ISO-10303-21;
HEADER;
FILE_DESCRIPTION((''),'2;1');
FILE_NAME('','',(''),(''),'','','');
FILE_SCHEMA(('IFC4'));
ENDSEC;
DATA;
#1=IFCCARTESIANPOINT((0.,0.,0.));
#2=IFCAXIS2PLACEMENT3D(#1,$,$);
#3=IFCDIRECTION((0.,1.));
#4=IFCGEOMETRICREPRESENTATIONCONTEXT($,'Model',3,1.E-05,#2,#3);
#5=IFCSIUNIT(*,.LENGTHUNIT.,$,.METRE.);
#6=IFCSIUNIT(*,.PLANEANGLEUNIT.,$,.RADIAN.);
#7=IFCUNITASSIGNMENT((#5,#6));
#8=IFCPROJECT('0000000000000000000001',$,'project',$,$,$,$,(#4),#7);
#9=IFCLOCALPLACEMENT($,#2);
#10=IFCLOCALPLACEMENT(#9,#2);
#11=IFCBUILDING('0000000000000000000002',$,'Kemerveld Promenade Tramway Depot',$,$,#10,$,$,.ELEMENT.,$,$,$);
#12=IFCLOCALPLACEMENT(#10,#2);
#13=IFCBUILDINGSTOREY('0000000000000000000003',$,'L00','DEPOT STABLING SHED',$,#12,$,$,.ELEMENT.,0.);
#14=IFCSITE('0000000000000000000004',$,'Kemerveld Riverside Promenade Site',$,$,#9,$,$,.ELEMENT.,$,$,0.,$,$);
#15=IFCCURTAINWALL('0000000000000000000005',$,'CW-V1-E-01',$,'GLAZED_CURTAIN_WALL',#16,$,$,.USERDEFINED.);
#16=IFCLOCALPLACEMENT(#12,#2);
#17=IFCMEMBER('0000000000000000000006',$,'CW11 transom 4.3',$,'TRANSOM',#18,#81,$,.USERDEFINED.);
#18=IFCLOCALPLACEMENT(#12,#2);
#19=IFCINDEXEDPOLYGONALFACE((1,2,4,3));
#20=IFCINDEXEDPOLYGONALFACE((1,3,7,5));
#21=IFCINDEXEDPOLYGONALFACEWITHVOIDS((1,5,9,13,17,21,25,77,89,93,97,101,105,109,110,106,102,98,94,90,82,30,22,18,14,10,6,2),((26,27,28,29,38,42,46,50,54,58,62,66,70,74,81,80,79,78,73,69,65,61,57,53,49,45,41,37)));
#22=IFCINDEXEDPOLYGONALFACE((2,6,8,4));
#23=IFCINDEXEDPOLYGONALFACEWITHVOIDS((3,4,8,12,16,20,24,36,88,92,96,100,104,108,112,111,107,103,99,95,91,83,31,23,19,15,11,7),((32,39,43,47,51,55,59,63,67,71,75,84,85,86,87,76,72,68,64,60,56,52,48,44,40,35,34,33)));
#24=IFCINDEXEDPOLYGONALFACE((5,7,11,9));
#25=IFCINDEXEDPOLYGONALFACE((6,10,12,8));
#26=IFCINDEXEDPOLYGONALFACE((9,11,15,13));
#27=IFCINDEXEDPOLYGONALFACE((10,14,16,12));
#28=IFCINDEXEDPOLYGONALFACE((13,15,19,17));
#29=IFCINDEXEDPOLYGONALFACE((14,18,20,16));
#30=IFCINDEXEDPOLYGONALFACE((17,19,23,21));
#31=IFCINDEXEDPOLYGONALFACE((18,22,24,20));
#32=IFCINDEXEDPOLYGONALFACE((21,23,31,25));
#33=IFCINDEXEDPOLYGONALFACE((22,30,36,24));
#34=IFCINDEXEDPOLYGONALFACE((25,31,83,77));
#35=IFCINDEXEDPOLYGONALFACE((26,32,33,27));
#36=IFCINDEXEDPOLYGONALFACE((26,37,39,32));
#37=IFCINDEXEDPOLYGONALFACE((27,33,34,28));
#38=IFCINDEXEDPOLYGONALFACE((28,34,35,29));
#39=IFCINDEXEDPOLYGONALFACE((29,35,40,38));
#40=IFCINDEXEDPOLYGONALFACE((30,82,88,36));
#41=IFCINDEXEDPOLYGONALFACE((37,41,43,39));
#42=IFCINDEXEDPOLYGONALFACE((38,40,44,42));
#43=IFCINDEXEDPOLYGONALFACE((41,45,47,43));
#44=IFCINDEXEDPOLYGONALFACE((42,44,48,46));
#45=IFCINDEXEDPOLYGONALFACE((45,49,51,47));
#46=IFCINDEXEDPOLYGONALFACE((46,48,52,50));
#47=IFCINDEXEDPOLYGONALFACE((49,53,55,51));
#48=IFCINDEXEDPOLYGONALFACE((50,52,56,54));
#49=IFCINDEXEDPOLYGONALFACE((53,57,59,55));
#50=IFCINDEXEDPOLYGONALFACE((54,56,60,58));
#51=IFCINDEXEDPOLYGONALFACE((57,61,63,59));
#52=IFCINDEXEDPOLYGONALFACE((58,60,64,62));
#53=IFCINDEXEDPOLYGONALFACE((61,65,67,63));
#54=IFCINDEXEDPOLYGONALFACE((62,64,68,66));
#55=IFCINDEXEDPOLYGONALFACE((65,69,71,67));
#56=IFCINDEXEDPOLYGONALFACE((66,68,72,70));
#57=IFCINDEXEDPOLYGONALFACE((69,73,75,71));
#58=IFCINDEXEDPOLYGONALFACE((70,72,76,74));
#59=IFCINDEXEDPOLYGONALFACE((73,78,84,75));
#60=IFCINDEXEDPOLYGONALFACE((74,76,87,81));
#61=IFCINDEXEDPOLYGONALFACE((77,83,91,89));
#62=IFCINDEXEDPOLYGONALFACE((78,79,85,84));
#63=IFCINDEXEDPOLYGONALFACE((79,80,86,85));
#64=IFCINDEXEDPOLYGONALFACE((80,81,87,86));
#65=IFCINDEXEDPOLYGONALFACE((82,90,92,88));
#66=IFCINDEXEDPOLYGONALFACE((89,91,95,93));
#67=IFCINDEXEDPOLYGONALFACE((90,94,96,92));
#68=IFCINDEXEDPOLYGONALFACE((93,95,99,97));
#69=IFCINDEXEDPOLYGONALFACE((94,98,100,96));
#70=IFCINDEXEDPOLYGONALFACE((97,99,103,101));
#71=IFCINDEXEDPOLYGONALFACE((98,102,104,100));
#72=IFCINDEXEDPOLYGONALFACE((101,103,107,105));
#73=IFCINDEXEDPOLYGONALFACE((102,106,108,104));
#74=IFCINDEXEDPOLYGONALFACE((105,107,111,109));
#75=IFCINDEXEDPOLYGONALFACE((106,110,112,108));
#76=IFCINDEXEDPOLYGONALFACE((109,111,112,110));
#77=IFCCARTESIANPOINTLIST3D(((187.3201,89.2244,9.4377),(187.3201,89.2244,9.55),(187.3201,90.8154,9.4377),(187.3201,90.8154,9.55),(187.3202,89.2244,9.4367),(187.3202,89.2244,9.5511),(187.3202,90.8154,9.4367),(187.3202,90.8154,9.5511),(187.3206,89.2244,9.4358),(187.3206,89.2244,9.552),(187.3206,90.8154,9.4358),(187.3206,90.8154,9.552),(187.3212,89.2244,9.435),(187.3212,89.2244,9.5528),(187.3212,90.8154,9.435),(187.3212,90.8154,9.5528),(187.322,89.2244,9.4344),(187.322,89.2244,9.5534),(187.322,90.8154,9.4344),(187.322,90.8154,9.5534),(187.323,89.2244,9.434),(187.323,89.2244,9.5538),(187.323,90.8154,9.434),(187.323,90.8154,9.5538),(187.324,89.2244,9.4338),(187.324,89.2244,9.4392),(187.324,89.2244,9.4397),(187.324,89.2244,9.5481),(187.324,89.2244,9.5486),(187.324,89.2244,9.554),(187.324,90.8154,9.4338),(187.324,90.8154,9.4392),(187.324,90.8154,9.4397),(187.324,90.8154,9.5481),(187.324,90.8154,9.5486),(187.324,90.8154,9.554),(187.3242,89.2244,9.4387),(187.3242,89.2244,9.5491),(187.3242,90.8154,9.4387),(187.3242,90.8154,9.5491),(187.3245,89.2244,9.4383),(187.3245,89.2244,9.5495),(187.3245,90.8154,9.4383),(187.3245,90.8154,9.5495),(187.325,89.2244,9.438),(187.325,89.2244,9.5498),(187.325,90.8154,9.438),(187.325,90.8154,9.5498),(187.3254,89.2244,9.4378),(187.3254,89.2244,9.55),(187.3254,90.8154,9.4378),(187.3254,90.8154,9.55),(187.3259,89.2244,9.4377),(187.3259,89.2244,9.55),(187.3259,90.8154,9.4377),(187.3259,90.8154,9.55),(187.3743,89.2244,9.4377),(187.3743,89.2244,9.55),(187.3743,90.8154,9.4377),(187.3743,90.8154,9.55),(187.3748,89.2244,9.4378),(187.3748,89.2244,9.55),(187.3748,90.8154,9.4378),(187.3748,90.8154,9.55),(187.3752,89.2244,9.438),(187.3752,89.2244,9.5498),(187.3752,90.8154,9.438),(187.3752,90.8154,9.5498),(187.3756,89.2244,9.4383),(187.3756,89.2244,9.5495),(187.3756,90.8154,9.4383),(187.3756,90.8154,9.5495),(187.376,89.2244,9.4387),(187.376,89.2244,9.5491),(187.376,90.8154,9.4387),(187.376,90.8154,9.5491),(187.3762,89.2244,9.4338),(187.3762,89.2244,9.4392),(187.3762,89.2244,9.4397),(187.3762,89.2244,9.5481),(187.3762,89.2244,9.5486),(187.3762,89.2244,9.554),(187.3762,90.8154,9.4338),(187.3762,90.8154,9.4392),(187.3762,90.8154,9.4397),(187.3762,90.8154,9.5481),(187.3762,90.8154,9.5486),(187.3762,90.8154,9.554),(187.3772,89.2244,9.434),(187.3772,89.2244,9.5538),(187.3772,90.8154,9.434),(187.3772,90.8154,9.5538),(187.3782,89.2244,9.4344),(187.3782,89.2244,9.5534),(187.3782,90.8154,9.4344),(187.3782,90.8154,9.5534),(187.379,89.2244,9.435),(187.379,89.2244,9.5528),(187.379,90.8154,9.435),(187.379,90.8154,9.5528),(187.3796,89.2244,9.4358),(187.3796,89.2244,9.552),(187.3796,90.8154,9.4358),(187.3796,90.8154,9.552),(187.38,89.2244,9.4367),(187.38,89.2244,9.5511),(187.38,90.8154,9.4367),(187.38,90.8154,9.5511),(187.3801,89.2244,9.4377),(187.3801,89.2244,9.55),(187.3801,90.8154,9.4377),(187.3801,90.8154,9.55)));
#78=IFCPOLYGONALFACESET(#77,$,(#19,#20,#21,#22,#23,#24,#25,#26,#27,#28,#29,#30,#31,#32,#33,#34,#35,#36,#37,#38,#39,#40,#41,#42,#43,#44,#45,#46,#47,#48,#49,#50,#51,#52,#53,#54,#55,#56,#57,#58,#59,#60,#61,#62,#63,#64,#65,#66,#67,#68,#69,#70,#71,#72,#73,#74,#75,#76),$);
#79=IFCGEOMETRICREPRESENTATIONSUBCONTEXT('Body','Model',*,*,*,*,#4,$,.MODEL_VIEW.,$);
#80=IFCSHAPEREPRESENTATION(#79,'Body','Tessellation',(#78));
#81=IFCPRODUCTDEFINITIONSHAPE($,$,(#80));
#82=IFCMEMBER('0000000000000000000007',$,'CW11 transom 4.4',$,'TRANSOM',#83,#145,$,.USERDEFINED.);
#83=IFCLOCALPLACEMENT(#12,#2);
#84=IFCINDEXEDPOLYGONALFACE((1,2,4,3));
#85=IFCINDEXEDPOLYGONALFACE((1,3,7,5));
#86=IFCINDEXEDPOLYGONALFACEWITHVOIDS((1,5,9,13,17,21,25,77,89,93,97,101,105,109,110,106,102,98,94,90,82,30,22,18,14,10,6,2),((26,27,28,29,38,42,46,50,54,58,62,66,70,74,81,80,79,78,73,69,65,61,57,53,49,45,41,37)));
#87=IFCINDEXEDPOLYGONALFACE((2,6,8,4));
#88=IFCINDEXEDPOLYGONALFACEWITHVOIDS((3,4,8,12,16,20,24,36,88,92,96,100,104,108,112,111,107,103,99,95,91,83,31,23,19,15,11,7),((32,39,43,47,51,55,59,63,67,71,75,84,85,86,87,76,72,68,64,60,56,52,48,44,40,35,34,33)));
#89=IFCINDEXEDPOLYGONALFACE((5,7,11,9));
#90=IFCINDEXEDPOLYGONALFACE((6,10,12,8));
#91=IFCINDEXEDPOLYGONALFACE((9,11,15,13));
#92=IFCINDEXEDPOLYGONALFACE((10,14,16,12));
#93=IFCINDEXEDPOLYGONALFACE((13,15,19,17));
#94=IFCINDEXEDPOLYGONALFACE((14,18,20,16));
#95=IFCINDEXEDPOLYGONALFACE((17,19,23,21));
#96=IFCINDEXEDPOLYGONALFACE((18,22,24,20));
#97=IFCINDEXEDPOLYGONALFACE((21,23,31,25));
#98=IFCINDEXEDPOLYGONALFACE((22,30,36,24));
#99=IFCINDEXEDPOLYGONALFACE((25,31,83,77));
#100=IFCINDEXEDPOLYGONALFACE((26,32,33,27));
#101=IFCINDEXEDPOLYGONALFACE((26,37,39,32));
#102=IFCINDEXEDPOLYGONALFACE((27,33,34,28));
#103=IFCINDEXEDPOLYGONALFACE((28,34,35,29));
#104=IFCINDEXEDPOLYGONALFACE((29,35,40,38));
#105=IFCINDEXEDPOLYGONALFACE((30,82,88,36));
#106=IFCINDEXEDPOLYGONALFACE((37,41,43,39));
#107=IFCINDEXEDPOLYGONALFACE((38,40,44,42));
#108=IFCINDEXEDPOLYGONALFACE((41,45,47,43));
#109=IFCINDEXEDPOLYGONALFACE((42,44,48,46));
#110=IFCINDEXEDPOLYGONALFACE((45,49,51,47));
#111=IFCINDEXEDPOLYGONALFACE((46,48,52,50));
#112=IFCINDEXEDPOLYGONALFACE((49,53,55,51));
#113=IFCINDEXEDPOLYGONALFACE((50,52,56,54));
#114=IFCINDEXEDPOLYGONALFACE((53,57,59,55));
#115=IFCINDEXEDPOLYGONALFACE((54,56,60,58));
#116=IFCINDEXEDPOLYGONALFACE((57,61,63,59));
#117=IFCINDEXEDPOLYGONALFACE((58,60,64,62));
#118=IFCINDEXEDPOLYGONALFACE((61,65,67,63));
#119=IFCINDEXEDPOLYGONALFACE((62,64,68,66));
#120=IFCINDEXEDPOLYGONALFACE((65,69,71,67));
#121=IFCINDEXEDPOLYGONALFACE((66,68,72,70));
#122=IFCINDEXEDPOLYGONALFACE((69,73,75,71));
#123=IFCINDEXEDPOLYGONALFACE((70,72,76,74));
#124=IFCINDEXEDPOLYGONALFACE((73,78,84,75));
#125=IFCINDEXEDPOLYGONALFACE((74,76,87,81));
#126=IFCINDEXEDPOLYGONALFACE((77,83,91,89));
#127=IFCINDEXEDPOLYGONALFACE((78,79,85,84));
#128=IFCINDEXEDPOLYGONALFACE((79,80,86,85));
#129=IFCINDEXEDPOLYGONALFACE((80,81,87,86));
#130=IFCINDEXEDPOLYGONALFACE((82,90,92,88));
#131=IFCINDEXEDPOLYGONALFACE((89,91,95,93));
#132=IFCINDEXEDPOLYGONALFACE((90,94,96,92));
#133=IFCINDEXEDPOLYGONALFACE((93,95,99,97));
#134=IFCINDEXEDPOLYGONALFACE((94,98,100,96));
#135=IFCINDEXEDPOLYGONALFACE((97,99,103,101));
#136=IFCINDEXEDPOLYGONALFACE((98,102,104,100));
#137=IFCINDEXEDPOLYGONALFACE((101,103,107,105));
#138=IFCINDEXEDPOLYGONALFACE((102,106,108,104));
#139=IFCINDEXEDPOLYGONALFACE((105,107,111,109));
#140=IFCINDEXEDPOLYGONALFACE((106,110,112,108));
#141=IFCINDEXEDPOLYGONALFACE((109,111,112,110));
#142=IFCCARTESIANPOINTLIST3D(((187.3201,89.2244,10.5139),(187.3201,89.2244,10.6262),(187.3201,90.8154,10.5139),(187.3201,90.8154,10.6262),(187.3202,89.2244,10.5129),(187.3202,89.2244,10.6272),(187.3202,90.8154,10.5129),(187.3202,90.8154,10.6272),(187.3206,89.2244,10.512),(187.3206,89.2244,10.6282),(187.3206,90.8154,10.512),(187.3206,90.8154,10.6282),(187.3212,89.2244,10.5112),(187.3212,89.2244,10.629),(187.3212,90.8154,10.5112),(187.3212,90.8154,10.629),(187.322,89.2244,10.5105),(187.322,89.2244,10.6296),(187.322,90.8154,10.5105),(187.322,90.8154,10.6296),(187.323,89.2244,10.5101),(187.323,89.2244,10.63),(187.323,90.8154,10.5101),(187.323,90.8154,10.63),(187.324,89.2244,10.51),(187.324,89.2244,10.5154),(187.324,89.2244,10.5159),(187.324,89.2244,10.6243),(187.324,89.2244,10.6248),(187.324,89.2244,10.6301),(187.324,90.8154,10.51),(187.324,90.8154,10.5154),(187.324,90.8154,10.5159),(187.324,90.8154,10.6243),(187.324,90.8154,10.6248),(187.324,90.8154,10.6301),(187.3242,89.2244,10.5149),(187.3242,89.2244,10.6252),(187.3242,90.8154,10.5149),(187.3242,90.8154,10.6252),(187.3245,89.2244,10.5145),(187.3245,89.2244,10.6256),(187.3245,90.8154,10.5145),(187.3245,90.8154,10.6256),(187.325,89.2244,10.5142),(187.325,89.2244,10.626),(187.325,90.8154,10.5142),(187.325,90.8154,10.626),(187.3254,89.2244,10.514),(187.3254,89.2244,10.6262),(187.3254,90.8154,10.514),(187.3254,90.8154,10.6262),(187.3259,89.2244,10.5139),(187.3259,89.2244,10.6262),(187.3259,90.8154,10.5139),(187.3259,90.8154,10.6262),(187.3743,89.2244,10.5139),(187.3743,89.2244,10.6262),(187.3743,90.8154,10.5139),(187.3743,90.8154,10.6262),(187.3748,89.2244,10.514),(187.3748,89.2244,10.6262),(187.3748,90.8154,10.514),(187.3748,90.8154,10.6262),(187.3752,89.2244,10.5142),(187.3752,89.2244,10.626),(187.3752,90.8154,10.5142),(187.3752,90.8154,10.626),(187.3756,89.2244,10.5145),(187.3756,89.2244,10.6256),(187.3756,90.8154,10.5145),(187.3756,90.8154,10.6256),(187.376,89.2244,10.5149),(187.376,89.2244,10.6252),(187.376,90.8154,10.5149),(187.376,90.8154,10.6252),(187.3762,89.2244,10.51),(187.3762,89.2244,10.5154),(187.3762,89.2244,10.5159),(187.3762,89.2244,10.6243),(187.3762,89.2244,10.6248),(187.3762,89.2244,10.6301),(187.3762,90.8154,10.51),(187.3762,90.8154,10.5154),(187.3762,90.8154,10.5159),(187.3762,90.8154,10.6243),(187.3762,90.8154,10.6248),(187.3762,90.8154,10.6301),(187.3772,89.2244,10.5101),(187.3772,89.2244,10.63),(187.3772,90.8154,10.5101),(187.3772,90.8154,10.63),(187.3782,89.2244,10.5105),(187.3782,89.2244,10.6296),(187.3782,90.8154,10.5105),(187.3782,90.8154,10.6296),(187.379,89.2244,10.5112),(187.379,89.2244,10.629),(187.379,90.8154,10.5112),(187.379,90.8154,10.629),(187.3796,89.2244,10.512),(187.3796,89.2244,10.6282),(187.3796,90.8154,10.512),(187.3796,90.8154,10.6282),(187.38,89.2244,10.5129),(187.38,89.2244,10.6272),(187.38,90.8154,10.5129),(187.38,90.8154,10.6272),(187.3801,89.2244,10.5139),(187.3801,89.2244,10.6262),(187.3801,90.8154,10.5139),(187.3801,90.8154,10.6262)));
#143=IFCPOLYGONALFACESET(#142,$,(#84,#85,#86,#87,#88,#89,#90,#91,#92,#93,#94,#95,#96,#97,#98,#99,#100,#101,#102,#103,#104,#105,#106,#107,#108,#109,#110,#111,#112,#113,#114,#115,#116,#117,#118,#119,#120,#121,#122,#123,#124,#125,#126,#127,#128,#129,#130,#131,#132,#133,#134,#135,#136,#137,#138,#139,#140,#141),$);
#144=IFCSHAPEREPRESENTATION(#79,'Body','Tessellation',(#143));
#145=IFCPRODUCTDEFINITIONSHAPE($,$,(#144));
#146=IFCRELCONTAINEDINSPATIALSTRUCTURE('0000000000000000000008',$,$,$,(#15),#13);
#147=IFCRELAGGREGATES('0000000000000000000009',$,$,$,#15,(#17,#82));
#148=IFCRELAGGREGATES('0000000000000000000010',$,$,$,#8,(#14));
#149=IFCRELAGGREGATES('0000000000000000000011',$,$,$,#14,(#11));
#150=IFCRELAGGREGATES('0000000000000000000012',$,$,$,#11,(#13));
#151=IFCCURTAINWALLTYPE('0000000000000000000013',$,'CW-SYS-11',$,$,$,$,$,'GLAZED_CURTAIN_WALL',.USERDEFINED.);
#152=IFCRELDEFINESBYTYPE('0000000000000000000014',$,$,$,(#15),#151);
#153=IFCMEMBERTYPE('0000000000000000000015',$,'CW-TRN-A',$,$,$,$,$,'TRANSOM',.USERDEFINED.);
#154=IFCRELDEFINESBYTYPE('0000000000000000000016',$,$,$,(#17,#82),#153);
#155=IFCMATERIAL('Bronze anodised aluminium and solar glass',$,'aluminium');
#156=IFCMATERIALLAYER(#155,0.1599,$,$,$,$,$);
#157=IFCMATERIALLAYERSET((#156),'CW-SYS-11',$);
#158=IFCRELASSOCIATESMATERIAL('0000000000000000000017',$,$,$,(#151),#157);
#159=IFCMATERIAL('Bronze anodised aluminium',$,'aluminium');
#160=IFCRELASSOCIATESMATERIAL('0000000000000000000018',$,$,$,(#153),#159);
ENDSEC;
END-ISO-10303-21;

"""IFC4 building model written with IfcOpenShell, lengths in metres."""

from ifc_helpers import new_model, si_unit, direction, frame, origin, origin_2d, place, context, subcontext, project, spatial, hollow_rectangle, extrude, material, layer, layer_set, material_profile, profile_set, type_object, element, aggregate, save


model = new_model("IFC4")

# Units and contexts
model_context = context("Model", 3, precision=1e-05, world=origin(), true_north=direction((0.0, 1.0)))
body_context = subcontext(model_context, "Body", "Model", "MODEL_VIEW")
ifc_project = project(units=[si_unit("LENGTHUNIT", "METRE"), si_unit("PLANEANGLEUNIT", "RADIAN")], contexts=[model_context])

# Site, building, storey
site_placement = place(None, origin())
site = spatial("IfcSite", under=ifc_project, at=site_placement, Name="Kemerveld Riverside Promenade Site", CompositionType="ELEMENT", RefElevation=0.0)
building_placement = place(site_placement, origin())
building = spatial("IfcBuilding", under=site, at=building_placement, Name="Kemerveld Promenade Tramway Depot", CompositionType="ELEMENT")
storey_placement = place(building_placement, origin())
storey = spatial("IfcBuildingStorey", under=building, at=storey_placement, Name="L00", Description="DEPOT STABLING SHED", CompositionType="ELEMENT", Elevation=0.0)

# Curtain wall, members
ifc_material_1 = material(Name="Bronze anodised aluminium and solar glass", Category="aluminium")
ifc_layer_1 = layer(ifc_material_1, 0.1599)
ifc_layer_set_1 = layer_set([ifc_layer_1], Name="CW-SYS-11")
curtain_wall_type = type_object("IfcCurtainWallType", Name="CW-SYS-11", ElementType="GLAZED_CURTAIN_WALL", PredefinedType="USERDEFINED", material=ifc_layer_set_1)
curtain_wall_placement = place(storey_placement, origin())
curtain_wall = element("IfcCurtainWall", 1, at=curtain_wall_placement, inside=storey, type_object=curtain_wall_type, Name="CW-V1-E-01", ObjectType="GLAZED_CURTAIN_WALL", PredefinedType="USERDEFINED")
ifc_material_2 = material(Name="Bronze anodised aluminium", Category="aluminium")
ifc_material_profile_1 = material_profile(ifc_material_2, hollow_rectangle(XDim=0.0601, YDim=0.1201, WallThickness=0.0039, InnerFilletRadius=0.002, OuterFilletRadius=0.0039, at=origin_2d()), Name="CW-TRN-120x60")
ifc_profile_set_1 = profile_set([ifc_material_profile_1], Name="Bronze anodised aluminium")
member_type_1 = type_object("IfcMemberType", Name="CW-TRN-A", ElementType="TRANSOM", PredefinedType="USERDEFINED", material=ifc_profile_set_1)
member_1_placement = place(storey_placement, frame((187.3501, 90.8154, 9.4939), z_axis=(0.0, -1.0, 0.0), x_axis=(1.0, 0.0, 0.0)))
member_1 = element("IfcMember", 2, at=member_1_placement, type_object=member_type_1, Name="CW11 transom 4.3", ObjectType="TRANSOM", PredefinedType="USERDEFINED", context=body_context, shape_type="SweptSolid", body=[
    extrude(hollow_rectangle(XDim=0.0601, YDim=0.1201, WallThickness=0.0039, InnerFilletRadius=0.002, OuterFilletRadius=0.0039, at=origin_2d()), origin(), (0.0, 0.0, 1.0), 1.5911),
])
member_2_placement = place(storey_placement, frame((187.3501, 90.8154, 10.5701), z_axis=(0.0, -1.0, 0.0), x_axis=(1.0, 0.0, 0.0)))
member_2 = element("IfcMember", 3, at=member_2_placement, type_object=member_type_1, Name="CW11 transom 4.4", ObjectType="TRANSOM", PredefinedType="USERDEFINED", context=body_context, shape_type="SweptSolid", body=[
    extrude(hollow_rectangle(XDim=0.0601, YDim=0.1201, WallThickness=0.0039, InnerFilletRadius=0.002, OuterFilletRadius=0.0039, at=origin_2d()), origin(), (0.0, 0.0, 1.0), 1.5911),
])

aggregate(curtain_wall, [member_1, member_2])

save(model, "model.ifc")
